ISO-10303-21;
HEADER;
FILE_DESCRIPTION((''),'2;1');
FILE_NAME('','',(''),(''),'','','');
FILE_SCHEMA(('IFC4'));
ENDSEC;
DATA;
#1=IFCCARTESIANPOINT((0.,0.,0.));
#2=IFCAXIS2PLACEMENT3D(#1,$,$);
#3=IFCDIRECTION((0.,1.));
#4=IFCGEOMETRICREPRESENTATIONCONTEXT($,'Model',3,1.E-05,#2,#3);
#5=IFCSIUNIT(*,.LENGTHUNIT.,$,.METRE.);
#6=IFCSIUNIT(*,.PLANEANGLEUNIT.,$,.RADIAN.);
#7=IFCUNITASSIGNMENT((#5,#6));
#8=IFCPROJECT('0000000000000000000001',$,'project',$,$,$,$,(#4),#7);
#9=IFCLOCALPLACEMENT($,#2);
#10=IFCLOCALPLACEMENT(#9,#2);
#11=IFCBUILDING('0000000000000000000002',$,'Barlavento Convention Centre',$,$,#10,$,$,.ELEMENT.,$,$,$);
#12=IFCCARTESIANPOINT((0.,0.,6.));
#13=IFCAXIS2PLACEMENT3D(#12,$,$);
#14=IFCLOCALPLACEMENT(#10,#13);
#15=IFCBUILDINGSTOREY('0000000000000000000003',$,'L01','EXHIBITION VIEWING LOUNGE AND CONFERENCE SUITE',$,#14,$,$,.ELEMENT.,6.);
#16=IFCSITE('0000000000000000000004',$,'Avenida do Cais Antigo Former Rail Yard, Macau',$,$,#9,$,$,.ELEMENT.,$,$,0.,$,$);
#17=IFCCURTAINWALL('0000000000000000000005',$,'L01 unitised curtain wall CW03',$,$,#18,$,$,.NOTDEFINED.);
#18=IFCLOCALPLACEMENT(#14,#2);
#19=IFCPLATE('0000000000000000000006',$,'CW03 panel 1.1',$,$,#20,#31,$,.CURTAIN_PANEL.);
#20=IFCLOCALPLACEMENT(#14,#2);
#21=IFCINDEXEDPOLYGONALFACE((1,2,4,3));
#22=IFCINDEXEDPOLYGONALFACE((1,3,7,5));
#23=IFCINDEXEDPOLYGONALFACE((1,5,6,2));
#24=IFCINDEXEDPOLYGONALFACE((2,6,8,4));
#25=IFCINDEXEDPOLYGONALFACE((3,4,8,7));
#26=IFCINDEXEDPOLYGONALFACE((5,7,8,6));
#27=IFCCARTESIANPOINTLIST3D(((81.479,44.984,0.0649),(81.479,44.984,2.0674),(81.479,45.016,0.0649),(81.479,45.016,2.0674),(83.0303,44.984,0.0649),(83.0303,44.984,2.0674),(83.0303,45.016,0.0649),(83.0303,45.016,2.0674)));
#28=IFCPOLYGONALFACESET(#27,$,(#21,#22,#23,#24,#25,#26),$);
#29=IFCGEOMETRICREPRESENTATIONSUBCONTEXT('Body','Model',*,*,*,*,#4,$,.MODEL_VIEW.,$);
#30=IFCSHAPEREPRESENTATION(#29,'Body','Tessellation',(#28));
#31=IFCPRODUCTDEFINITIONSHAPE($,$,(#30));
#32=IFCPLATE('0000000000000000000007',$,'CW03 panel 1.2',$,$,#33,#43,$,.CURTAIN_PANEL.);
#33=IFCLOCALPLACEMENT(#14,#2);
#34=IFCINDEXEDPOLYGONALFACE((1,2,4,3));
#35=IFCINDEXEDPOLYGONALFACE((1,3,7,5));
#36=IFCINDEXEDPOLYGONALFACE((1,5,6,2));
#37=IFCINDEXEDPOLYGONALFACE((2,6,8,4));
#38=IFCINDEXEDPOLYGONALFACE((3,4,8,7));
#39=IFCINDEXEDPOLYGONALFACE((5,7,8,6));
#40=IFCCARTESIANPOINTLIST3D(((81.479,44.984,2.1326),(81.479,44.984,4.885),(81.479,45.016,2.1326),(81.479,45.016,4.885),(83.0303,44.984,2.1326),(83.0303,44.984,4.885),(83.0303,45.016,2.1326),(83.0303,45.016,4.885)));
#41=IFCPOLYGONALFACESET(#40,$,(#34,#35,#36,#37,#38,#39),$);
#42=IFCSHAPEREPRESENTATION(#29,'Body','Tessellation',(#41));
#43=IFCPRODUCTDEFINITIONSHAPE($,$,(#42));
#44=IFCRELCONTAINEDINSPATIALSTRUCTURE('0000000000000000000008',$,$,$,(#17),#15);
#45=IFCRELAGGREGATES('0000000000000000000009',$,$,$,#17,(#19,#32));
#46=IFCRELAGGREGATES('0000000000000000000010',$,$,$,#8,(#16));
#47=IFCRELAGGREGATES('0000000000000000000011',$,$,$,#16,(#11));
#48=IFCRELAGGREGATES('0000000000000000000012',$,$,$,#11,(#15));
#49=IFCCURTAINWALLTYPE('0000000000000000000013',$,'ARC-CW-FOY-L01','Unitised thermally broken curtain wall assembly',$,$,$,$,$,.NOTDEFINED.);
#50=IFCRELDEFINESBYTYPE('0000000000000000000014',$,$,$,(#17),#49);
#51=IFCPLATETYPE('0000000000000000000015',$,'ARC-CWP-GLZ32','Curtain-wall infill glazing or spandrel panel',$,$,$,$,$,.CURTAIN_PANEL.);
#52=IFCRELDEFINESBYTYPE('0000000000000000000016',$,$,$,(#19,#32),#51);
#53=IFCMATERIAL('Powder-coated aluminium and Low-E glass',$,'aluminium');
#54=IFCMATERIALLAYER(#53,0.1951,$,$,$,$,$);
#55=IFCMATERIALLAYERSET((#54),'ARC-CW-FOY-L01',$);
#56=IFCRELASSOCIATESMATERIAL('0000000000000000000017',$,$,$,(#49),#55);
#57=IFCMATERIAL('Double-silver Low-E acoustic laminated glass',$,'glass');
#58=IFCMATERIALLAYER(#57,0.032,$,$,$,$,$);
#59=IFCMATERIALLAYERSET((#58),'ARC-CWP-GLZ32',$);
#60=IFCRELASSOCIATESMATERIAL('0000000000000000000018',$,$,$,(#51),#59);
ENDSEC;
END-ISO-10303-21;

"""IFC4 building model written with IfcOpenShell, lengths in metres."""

from ifc_helpers import new_model, si_unit, direction, frame, origin, origin_2d, place, context, subcontext, project, spatial, rectangle, extrude, material, layer, layer_set, type_object, element, aggregate, save


model = new_model("IFC4")

# Units and contexts
model_context = context("Model", 3, precision=1e-05, world=origin(), true_north=direction((0.0, 1.0)))
body_context = subcontext(model_context, "Body", "Model", "MODEL_VIEW")
ifc_project = project(units=[si_unit("LENGTHUNIT", "METRE"), si_unit("PLANEANGLEUNIT", "RADIAN")], contexts=[model_context])

# Site, building, storey
site_placement = place(None, origin())
site = spatial("IfcSite", under=ifc_project, at=site_placement, Name="Avenida do Cais Antigo Former Rail Yard, Macau", CompositionType="ELEMENT", RefElevation=0.0)
building_placement = place(site_placement, origin())
building = spatial("IfcBuilding", under=site, at=building_placement, Name="Barlavento Convention Centre", CompositionType="ELEMENT")
storey_placement = place(building_placement, frame((0.0, 0.0, 6.0)))
storey = spatial("IfcBuildingStorey", under=building, at=storey_placement, Name="L01", Description="EXHIBITION VIEWING LOUNGE AND CONFERENCE SUITE", CompositionType="ELEMENT", Elevation=6.0)

# Shared definitions
ifc_material_1 = material(Name="Powder-coated aluminium and Low-E glass", Category="aluminium")
ifc_layer_1 = layer(ifc_material_1, 0.1951)
ifc_layer_set_1 = layer_set([ifc_layer_1], Name="ARC-CW-FOY-L01")
curtain_wall_type = type_object("IfcCurtainWallType", Name="ARC-CW-FOY-L01", Description="Unitised thermally broken curtain wall assembly", PredefinedType="NOTDEFINED", material=ifc_layer_set_1)

# Curtain wall
curtain_wall_1_placement = place(storey_placement, origin())
curtain_wall_1 = element("IfcCurtainWall", 1, at=curtain_wall_1_placement, inside=storey, type_object=curtain_wall_type, Name="L01 unitised curtain wall CW03", PredefinedType="NOTDEFINED")

# Plates
ifc_material_2 = material(Name="Double-silver Low-E acoustic laminated glass", Category="glass")
ifc_layer_2 = layer(ifc_material_2, 0.032)
ifc_layer_set_2 = layer_set([ifc_layer_2], Name="ARC-CWP-GLZ32")
plate_type = type_object("IfcPlateType", Name="ARC-CWP-GLZ32", Description="Curtain-wall infill glazing or spandrel panel", PredefinedType="CURTAIN_PANEL", material=ifc_layer_set_2)
plate_1_placement = place(storey_placement, frame((82.2546, 45.0, 0.0649), z_axis=(0.0, 0.0, 1.0), x_axis=(1.0, 0.0, 0.0)))
plate_1 = element("IfcPlate", 2, at=plate_1_placement, type_object=plate_type, Name="CW03 panel 1.1", PredefinedType="CURTAIN_PANEL", context=body_context, shape_type="SweptSolid", body=[
    extrude(rectangle(XDim=1.5513, YDim=0.032, at=origin_2d()), origin(), (0.0, 0.0, 1.0), 2.0024),
])
plate_2_placement = place(storey_placement, frame((82.2546, 45.0, 2.1326), z_axis=(0.0, 0.0, 1.0), x_axis=(1.0, 0.0, 0.0)))
plate_2 = element("IfcPlate", 3, at=plate_2_placement, type_object=plate_type, Name="CW03 panel 1.2", PredefinedType="CURTAIN_PANEL", context=body_context, shape_type="SweptSolid", body=[
    extrude(rectangle(XDim=1.5513, YDim=0.032, at=origin_2d()), origin(), (0.0, 0.0, 1.0), 2.7524),
])
aggregate(curtain_wall_1, [plate_1, plate_2])

save(model, "model.ifc")
